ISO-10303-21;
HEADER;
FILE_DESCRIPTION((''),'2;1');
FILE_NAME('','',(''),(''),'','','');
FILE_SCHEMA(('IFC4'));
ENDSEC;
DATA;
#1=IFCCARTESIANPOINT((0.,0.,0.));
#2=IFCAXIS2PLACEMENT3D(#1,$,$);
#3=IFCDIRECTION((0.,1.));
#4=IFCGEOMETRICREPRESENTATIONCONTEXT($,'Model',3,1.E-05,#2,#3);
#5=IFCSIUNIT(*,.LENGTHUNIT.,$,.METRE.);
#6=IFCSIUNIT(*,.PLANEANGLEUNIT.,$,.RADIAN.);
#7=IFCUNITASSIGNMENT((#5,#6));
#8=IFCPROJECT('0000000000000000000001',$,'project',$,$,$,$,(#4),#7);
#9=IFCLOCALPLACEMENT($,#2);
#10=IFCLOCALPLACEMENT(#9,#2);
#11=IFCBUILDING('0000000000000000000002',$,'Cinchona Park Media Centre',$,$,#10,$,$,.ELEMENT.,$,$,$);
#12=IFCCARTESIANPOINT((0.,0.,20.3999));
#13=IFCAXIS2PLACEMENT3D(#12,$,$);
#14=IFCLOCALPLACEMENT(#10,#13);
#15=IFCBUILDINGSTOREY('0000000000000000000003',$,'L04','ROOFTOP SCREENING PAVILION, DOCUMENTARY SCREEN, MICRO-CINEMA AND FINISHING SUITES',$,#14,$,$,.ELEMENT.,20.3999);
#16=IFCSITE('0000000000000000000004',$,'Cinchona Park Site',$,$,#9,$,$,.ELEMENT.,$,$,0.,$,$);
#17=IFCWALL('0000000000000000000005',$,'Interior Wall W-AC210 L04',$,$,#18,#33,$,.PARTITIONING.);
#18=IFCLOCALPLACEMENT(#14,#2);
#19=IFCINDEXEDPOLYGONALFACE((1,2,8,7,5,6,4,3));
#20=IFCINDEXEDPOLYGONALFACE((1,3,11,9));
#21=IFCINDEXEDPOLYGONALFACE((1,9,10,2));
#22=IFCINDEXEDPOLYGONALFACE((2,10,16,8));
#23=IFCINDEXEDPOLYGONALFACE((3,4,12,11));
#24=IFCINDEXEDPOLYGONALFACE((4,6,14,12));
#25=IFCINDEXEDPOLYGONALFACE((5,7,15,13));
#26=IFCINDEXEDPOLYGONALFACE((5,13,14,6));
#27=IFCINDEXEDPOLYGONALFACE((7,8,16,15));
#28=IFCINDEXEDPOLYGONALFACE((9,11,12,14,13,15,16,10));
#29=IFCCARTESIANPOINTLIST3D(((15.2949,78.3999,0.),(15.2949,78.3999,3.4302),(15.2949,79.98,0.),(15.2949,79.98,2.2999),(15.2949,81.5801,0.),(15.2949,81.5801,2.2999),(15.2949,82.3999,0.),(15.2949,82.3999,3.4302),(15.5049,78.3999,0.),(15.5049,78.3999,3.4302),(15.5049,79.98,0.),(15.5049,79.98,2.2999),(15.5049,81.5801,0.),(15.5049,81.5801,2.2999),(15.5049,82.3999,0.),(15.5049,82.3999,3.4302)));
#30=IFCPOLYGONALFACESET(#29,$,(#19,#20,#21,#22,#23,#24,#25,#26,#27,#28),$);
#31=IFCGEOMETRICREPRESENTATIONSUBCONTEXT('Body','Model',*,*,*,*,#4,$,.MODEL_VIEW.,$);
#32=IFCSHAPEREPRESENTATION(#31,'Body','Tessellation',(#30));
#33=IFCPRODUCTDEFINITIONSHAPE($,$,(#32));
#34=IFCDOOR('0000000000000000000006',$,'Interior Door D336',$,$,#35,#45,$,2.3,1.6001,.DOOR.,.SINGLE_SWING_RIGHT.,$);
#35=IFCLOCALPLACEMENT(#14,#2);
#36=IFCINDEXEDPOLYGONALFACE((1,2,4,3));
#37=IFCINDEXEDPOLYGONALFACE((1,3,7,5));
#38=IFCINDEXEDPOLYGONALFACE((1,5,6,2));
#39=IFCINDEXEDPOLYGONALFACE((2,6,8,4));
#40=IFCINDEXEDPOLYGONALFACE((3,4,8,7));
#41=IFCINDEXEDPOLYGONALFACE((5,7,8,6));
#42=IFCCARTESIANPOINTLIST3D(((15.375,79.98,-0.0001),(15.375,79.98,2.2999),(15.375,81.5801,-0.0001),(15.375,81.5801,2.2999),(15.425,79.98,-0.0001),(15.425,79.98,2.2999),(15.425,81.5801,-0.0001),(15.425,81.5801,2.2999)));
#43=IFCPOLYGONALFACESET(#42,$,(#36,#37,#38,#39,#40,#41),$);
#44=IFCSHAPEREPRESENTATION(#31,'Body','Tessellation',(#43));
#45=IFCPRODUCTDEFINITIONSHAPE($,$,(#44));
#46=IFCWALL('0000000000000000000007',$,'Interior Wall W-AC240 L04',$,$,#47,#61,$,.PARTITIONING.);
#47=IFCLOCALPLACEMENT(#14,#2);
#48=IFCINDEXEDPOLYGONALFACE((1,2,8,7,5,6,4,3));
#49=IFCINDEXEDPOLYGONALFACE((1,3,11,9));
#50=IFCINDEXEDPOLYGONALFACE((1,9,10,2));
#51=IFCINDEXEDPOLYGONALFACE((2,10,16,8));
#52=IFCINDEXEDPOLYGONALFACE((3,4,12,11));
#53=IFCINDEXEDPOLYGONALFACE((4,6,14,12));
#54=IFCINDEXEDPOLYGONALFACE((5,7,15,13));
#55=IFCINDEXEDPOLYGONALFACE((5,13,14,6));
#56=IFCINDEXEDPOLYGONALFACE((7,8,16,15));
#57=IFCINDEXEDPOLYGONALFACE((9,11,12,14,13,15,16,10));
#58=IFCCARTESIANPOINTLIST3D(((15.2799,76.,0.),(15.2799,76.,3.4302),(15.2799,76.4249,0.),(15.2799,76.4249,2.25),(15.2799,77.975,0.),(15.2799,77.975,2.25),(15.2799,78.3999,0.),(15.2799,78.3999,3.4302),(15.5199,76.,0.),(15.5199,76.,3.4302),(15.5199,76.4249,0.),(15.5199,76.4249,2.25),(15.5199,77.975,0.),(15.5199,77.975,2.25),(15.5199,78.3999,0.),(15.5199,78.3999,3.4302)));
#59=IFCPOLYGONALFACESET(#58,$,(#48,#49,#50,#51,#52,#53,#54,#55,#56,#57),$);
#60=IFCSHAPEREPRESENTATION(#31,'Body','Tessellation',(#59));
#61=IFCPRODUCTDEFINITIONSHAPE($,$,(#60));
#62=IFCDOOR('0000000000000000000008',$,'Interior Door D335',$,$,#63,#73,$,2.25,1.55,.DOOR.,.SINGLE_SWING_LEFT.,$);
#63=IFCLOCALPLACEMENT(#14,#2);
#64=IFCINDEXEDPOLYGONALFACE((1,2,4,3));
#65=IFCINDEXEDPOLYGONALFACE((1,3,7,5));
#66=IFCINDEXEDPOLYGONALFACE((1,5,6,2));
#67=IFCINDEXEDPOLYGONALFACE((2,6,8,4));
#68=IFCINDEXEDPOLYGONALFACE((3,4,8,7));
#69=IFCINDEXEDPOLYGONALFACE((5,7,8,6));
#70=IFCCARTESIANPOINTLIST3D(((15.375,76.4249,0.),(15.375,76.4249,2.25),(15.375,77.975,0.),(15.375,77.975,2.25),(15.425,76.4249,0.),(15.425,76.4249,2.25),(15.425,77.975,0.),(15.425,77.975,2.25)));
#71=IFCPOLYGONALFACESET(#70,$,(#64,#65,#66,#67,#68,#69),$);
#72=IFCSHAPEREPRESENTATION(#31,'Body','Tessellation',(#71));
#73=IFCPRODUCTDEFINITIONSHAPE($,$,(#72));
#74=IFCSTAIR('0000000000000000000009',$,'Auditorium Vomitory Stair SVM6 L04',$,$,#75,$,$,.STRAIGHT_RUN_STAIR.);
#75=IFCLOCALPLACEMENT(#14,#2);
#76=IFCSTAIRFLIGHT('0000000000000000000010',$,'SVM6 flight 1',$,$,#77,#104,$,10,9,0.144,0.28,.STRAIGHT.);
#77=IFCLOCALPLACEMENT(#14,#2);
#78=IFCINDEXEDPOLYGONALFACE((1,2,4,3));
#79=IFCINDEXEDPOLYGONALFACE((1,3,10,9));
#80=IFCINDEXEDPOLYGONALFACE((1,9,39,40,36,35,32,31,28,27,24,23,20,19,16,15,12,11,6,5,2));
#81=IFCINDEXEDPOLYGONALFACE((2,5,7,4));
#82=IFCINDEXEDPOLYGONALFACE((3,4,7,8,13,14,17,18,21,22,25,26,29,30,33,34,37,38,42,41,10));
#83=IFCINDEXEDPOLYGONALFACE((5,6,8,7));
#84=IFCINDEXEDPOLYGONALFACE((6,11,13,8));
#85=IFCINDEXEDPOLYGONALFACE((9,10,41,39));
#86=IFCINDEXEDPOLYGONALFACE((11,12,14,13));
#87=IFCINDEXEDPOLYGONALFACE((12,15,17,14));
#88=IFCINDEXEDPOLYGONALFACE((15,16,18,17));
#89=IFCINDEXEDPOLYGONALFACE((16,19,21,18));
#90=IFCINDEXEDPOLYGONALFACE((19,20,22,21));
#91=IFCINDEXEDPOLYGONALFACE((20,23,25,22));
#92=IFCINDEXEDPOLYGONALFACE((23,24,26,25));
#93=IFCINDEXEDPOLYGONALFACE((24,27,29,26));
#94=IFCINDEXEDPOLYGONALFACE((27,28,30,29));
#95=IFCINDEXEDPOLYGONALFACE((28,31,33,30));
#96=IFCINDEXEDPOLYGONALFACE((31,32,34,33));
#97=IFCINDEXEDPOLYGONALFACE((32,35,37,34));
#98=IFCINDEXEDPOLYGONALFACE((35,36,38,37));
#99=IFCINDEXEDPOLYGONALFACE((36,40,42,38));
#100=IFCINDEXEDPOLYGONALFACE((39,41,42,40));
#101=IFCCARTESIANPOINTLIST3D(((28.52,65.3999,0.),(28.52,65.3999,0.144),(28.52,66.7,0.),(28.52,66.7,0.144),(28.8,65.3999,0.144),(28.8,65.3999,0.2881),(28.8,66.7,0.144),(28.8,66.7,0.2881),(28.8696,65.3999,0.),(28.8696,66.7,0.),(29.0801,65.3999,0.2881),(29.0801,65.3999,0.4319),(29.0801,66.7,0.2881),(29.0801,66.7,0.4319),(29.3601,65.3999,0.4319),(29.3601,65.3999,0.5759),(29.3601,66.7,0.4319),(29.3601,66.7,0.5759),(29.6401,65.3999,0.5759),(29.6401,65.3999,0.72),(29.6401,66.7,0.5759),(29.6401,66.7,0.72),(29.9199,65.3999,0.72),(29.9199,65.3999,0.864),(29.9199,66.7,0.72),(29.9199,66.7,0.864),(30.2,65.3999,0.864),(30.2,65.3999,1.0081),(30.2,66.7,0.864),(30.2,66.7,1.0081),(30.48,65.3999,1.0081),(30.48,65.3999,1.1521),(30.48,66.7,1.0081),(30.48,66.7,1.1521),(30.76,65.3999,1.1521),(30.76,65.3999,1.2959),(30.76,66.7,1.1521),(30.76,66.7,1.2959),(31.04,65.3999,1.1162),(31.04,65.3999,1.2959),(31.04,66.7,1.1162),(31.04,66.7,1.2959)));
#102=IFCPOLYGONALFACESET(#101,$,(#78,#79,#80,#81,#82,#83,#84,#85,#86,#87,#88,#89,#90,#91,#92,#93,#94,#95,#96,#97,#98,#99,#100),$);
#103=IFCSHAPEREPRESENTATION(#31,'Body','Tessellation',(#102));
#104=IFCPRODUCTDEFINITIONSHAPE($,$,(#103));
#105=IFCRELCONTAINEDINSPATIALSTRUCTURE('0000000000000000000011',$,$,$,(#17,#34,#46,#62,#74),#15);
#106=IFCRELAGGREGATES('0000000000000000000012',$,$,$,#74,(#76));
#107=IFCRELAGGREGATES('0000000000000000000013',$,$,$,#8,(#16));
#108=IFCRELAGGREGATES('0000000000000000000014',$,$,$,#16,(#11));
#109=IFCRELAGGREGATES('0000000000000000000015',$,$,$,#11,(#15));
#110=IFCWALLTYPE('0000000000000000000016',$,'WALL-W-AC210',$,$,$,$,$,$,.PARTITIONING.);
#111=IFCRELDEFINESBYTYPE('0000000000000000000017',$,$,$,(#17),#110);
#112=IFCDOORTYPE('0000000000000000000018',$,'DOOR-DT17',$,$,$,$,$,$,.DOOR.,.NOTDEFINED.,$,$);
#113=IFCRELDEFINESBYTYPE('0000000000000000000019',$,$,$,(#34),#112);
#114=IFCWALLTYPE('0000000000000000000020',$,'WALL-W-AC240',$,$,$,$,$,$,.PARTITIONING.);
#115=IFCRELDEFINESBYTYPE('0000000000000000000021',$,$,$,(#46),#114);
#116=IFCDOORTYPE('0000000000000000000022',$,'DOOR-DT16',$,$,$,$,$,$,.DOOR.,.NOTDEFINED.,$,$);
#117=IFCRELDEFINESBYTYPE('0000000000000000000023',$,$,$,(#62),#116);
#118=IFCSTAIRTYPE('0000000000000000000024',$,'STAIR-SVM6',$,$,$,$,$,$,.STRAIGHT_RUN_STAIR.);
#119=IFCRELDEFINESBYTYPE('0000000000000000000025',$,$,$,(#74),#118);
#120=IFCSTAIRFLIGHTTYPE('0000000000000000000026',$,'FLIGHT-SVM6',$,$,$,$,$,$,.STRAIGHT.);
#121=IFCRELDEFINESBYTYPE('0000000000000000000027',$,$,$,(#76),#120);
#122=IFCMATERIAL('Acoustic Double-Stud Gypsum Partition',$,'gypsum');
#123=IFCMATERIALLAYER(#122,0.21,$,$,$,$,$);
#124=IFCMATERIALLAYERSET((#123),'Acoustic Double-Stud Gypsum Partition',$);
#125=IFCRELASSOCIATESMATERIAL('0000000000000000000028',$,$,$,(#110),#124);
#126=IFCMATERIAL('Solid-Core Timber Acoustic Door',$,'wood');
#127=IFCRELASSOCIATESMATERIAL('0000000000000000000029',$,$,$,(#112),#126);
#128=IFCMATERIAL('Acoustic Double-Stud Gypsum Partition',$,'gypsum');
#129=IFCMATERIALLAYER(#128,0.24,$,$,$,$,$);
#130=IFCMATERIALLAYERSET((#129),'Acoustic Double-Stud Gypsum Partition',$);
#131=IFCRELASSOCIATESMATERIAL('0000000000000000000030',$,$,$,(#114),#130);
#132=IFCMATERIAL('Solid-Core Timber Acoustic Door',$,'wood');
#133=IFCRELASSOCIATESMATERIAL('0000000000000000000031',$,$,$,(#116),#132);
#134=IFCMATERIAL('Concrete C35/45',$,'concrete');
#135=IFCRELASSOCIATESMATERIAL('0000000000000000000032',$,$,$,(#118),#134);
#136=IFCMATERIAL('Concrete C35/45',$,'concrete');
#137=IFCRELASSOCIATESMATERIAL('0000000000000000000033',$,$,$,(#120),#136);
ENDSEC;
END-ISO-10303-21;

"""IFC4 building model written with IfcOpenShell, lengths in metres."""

from ifc_helpers import new_model, si_unit, direction, frame, frame_2d, origin, place, context, subcontext, project, spatial, polyline, rectangle, outline, extrude, material, layer, layer_set, type_object, element, fill, aggregate, save


model = new_model("IFC4")

# Units and contexts
model_context = context("Model", 3, precision=1e-05, world=origin(), true_north=direction((0.0, 1.0)))
body_context = subcontext(model_context, "Body", "Model", "MODEL_VIEW")
ifc_project = project(units=[si_unit("LENGTHUNIT", "METRE"), si_unit("PLANEANGLEUNIT", "RADIAN")], contexts=[model_context])

# Site, building, storey
site_placement = place(None, origin())
site = spatial("IfcSite", under=ifc_project, at=site_placement, Name="Cinchona Park Site", CompositionType="ELEMENT", RefElevation=0.0)
building_placement = place(site_placement, origin())
building = spatial("IfcBuilding", under=site, at=building_placement, Name="Cinchona Park Media Centre", CompositionType="ELEMENT")
storey_placement = place(building_placement, frame((0.0, 0.0, 20.3999)))
storey = spatial("IfcBuildingStorey", under=building, at=storey_placement, Name="L04", Description="ROOFTOP SCREENING PAVILION, DOCUMENTARY SCREEN, MICRO-CINEMA AND FINISHING SUITES", CompositionType="ELEMENT", Elevation=20.3999)

# Walls, openings, doors
ifc_material_1 = material(Name="Acoustic Double-Stud Gypsum Partition", Category="gypsum")
ifc_layer_1 = layer(ifc_material_1, 0.21)
ifc_layer_set_1 = layer_set([ifc_layer_1], Name="Acoustic Double-Stud Gypsum Partition")
wall_type_1 = type_object("IfcWallType", Name="WALL-W-AC210", PredefinedType="PARTITIONING", material=ifc_layer_set_1)
wall_1_placement = place(storey_placement, frame((15.3999, 78.3999, 0.0), z_axis=(0.0, 0.0, 1.0), x_axis=(0.0, 1.0, 0.0)))
wall_1 = element("IfcWall", 1, at=wall_1_placement, inside=storey, type_object=wall_type_1, Name="Interior Wall W-AC210 L04", PredefinedType="PARTITIONING", context=body_context, shape_type="SweptSolid", body=[
    extrude(rectangle(XDim=4.0, YDim=0.21, at=frame_2d((2.0, 0.0))), origin(), (0.0, 0.0, 1.0), 3.4302),
])
opening_1_placement = place(wall_1_placement, frame((1.5801, 0.0, 0.0)))
opening_1 = element("IfcOpeningElement", 2, at=opening_1_placement, cuts=wall_1, PredefinedType="OPENING", context=body_context, shape_type="SweptSolid", body=[
    extrude(rectangle(XDim=1.6001, YDim=2.3, at=frame_2d((0.8, 1.1499))), frame((0.0, 0.115, 0.0), z_axis=(0.0, -1.0, 0.0), x_axis=(1.0, 0.0, 0.0)), (0.0, 0.0, 1.0), 0.23),
])
ifc_material_2 = material(Name="Solid-Core Timber Acoustic Door", Category="wood")
door_type_1 = type_object("IfcDoorType", Name="DOOR-DT17", OperationType="NOTDEFINED", PredefinedType="DOOR", material=ifc_material_2)
door_1_placement = place(opening_1_placement, origin())
door_1 = element("IfcDoor", 3, at=door_1_placement, inside=storey, type_object=door_type_1, Name="Interior Door D336", OperationType="SINGLE_SWING_RIGHT", OverallHeight=2.3, OverallWidth=1.6001, PredefinedType="DOOR", context=body_context, shape_type="SweptSolid", body=[
    extrude(rectangle(XDim=1.6001, YDim=2.3, at=frame_2d((0.8, 1.1499))), frame((0.0, 0.0249, 0.0), z_axis=(0.0, -1.0, 0.0), x_axis=(1.0, 0.0, 0.0)), (0.0, 0.0, 1.0), 0.05),
])
fill(opening_1, door_1)
ifc_material_3 = material(Name="Acoustic Double-Stud Gypsum Partition", Category="gypsum")
ifc_layer_2 = layer(ifc_material_3, 0.24)
ifc_layer_set_2 = layer_set([ifc_layer_2], Name="Acoustic Double-Stud Gypsum Partition")
wall_type_2 = type_object("IfcWallType", Name="WALL-W-AC240", PredefinedType="PARTITIONING", material=ifc_layer_set_2)
wall_2_placement = place(storey_placement, frame((15.3999, 76.0, 0.0), z_axis=(0.0, 0.0, 1.0), x_axis=(0.0, 1.0, 0.0)))
wall_2 = element("IfcWall", 4, at=wall_2_placement, inside=storey, type_object=wall_type_2, Name="Interior Wall W-AC240 L04", PredefinedType="PARTITIONING", context=body_context, shape_type="SweptSolid", body=[
    extrude(rectangle(XDim=2.3999, YDim=0.24, at=frame_2d((1.2, 0.0))), origin(), (0.0, 0.0, 1.0), 3.4302),
])
opening_2_placement = place(wall_2_placement, frame((0.425, 0.0, 0.0)))
opening_2 = element("IfcOpeningElement", 5, at=opening_2_placement, cuts=wall_2, PredefinedType="OPENING", context=body_context, shape_type="SweptSolid", body=[
    extrude(rectangle(XDim=1.55, YDim=2.25, at=frame_2d((0.7749, 1.125))), frame((0.0, 0.1299, 0.0), z_axis=(0.0, -1.0, 0.0), x_axis=(1.0, 0.0, 0.0)), (0.0, 0.0, 1.0), 0.26),
])
ifc_material_4 = material(Name="Solid-Core Timber Acoustic Door", Category="wood")
door_type_2 = type_object("IfcDoorType", Name="DOOR-DT16", OperationType="NOTDEFINED", PredefinedType="DOOR", material=ifc_material_4)
door_2_placement = place(opening_2_placement, origin())
door_2 = element("IfcDoor", 6, at=door_2_placement, inside=storey, type_object=door_type_2, Name="Interior Door D335", OperationType="SINGLE_SWING_LEFT", OverallHeight=2.25, OverallWidth=1.55, PredefinedType="DOOR", context=body_context, shape_type="SweptSolid", body=[
    extrude(rectangle(XDim=1.55, YDim=2.25, at=frame_2d((0.7749, 1.125))), frame((0.0, 0.0249, 0.0), z_axis=(0.0, -1.0, 0.0), x_axis=(1.0, 0.0, 0.0)), (0.0, 0.0, 1.0), 0.05),
])
fill(opening_2, door_2)

# Stair, stair flight
ifc_material_5 = material(Name="Concrete C35/45", Category="concrete")
stair_type = type_object("IfcStairType", Name="STAIR-SVM6", PredefinedType="STRAIGHT_RUN_STAIR", material=ifc_material_5)
stair_placement = place(storey_placement, origin())
stair = element("IfcStair", 7, at=stair_placement, inside=storey, type_object=stair_type, Name="Auditorium Vomitory Stair SVM6 L04", PredefinedType="STRAIGHT_RUN_STAIR")
ifc_material_6 = material(Name="Concrete C35/45", Category="concrete")
stair_flight_type = type_object("IfcStairFlightType", Name="FLIGHT-SVM6", PredefinedType="STRAIGHT", material=ifc_material_6)
stair_flight_placement = place(storey_placement, frame((28.52, 66.05, 0.0), z_axis=(0.0, 0.0, 1.0), x_axis=(1.0, 0.0, 0.0)))
stair_flight = element("IfcStairFlight", 8, at=stair_flight_placement, type_object=stair_flight_type, Name="SVM6 flight 1", NumberOfRisers=10, NumberOfTreads=9, PredefinedType="STRAIGHT", RiserHeight=0.144, TreadLength=0.28, context=body_context, shape_type="SweptSolid", body=[
    extrude(outline(polyline([(0.0, 0.0), (0.0, 0.144), (0.28, 0.144), (0.28, 0.2881), (0.5601, 0.2881), (0.5601, 0.4319), (0.8401, 0.4319), (0.8401, 0.5759), (1.1201, 0.5759), (1.1201, 0.72), (1.3999, 0.72), (1.3999, 0.864), (1.6799, 0.864), (1.6799, 1.0081), (1.96, 1.0081), (1.96, 1.1521), (2.24, 1.1521), (2.24, 1.2959), (2.52, 1.2959), (2.52, 1.4399), (2.52, 1.1162), (0.3496, 0.0), (0.0, 0.0)])), frame((0.0, 0.6499, 0.0), z_axis=(0.0, -1.0, 0.0), x_axis=(1.0, 0.0, 0.0)), (0.0, 0.0, 1.0), 1.3),
])
aggregate(stair, [stair_flight])

save(model, "model.ifc")
